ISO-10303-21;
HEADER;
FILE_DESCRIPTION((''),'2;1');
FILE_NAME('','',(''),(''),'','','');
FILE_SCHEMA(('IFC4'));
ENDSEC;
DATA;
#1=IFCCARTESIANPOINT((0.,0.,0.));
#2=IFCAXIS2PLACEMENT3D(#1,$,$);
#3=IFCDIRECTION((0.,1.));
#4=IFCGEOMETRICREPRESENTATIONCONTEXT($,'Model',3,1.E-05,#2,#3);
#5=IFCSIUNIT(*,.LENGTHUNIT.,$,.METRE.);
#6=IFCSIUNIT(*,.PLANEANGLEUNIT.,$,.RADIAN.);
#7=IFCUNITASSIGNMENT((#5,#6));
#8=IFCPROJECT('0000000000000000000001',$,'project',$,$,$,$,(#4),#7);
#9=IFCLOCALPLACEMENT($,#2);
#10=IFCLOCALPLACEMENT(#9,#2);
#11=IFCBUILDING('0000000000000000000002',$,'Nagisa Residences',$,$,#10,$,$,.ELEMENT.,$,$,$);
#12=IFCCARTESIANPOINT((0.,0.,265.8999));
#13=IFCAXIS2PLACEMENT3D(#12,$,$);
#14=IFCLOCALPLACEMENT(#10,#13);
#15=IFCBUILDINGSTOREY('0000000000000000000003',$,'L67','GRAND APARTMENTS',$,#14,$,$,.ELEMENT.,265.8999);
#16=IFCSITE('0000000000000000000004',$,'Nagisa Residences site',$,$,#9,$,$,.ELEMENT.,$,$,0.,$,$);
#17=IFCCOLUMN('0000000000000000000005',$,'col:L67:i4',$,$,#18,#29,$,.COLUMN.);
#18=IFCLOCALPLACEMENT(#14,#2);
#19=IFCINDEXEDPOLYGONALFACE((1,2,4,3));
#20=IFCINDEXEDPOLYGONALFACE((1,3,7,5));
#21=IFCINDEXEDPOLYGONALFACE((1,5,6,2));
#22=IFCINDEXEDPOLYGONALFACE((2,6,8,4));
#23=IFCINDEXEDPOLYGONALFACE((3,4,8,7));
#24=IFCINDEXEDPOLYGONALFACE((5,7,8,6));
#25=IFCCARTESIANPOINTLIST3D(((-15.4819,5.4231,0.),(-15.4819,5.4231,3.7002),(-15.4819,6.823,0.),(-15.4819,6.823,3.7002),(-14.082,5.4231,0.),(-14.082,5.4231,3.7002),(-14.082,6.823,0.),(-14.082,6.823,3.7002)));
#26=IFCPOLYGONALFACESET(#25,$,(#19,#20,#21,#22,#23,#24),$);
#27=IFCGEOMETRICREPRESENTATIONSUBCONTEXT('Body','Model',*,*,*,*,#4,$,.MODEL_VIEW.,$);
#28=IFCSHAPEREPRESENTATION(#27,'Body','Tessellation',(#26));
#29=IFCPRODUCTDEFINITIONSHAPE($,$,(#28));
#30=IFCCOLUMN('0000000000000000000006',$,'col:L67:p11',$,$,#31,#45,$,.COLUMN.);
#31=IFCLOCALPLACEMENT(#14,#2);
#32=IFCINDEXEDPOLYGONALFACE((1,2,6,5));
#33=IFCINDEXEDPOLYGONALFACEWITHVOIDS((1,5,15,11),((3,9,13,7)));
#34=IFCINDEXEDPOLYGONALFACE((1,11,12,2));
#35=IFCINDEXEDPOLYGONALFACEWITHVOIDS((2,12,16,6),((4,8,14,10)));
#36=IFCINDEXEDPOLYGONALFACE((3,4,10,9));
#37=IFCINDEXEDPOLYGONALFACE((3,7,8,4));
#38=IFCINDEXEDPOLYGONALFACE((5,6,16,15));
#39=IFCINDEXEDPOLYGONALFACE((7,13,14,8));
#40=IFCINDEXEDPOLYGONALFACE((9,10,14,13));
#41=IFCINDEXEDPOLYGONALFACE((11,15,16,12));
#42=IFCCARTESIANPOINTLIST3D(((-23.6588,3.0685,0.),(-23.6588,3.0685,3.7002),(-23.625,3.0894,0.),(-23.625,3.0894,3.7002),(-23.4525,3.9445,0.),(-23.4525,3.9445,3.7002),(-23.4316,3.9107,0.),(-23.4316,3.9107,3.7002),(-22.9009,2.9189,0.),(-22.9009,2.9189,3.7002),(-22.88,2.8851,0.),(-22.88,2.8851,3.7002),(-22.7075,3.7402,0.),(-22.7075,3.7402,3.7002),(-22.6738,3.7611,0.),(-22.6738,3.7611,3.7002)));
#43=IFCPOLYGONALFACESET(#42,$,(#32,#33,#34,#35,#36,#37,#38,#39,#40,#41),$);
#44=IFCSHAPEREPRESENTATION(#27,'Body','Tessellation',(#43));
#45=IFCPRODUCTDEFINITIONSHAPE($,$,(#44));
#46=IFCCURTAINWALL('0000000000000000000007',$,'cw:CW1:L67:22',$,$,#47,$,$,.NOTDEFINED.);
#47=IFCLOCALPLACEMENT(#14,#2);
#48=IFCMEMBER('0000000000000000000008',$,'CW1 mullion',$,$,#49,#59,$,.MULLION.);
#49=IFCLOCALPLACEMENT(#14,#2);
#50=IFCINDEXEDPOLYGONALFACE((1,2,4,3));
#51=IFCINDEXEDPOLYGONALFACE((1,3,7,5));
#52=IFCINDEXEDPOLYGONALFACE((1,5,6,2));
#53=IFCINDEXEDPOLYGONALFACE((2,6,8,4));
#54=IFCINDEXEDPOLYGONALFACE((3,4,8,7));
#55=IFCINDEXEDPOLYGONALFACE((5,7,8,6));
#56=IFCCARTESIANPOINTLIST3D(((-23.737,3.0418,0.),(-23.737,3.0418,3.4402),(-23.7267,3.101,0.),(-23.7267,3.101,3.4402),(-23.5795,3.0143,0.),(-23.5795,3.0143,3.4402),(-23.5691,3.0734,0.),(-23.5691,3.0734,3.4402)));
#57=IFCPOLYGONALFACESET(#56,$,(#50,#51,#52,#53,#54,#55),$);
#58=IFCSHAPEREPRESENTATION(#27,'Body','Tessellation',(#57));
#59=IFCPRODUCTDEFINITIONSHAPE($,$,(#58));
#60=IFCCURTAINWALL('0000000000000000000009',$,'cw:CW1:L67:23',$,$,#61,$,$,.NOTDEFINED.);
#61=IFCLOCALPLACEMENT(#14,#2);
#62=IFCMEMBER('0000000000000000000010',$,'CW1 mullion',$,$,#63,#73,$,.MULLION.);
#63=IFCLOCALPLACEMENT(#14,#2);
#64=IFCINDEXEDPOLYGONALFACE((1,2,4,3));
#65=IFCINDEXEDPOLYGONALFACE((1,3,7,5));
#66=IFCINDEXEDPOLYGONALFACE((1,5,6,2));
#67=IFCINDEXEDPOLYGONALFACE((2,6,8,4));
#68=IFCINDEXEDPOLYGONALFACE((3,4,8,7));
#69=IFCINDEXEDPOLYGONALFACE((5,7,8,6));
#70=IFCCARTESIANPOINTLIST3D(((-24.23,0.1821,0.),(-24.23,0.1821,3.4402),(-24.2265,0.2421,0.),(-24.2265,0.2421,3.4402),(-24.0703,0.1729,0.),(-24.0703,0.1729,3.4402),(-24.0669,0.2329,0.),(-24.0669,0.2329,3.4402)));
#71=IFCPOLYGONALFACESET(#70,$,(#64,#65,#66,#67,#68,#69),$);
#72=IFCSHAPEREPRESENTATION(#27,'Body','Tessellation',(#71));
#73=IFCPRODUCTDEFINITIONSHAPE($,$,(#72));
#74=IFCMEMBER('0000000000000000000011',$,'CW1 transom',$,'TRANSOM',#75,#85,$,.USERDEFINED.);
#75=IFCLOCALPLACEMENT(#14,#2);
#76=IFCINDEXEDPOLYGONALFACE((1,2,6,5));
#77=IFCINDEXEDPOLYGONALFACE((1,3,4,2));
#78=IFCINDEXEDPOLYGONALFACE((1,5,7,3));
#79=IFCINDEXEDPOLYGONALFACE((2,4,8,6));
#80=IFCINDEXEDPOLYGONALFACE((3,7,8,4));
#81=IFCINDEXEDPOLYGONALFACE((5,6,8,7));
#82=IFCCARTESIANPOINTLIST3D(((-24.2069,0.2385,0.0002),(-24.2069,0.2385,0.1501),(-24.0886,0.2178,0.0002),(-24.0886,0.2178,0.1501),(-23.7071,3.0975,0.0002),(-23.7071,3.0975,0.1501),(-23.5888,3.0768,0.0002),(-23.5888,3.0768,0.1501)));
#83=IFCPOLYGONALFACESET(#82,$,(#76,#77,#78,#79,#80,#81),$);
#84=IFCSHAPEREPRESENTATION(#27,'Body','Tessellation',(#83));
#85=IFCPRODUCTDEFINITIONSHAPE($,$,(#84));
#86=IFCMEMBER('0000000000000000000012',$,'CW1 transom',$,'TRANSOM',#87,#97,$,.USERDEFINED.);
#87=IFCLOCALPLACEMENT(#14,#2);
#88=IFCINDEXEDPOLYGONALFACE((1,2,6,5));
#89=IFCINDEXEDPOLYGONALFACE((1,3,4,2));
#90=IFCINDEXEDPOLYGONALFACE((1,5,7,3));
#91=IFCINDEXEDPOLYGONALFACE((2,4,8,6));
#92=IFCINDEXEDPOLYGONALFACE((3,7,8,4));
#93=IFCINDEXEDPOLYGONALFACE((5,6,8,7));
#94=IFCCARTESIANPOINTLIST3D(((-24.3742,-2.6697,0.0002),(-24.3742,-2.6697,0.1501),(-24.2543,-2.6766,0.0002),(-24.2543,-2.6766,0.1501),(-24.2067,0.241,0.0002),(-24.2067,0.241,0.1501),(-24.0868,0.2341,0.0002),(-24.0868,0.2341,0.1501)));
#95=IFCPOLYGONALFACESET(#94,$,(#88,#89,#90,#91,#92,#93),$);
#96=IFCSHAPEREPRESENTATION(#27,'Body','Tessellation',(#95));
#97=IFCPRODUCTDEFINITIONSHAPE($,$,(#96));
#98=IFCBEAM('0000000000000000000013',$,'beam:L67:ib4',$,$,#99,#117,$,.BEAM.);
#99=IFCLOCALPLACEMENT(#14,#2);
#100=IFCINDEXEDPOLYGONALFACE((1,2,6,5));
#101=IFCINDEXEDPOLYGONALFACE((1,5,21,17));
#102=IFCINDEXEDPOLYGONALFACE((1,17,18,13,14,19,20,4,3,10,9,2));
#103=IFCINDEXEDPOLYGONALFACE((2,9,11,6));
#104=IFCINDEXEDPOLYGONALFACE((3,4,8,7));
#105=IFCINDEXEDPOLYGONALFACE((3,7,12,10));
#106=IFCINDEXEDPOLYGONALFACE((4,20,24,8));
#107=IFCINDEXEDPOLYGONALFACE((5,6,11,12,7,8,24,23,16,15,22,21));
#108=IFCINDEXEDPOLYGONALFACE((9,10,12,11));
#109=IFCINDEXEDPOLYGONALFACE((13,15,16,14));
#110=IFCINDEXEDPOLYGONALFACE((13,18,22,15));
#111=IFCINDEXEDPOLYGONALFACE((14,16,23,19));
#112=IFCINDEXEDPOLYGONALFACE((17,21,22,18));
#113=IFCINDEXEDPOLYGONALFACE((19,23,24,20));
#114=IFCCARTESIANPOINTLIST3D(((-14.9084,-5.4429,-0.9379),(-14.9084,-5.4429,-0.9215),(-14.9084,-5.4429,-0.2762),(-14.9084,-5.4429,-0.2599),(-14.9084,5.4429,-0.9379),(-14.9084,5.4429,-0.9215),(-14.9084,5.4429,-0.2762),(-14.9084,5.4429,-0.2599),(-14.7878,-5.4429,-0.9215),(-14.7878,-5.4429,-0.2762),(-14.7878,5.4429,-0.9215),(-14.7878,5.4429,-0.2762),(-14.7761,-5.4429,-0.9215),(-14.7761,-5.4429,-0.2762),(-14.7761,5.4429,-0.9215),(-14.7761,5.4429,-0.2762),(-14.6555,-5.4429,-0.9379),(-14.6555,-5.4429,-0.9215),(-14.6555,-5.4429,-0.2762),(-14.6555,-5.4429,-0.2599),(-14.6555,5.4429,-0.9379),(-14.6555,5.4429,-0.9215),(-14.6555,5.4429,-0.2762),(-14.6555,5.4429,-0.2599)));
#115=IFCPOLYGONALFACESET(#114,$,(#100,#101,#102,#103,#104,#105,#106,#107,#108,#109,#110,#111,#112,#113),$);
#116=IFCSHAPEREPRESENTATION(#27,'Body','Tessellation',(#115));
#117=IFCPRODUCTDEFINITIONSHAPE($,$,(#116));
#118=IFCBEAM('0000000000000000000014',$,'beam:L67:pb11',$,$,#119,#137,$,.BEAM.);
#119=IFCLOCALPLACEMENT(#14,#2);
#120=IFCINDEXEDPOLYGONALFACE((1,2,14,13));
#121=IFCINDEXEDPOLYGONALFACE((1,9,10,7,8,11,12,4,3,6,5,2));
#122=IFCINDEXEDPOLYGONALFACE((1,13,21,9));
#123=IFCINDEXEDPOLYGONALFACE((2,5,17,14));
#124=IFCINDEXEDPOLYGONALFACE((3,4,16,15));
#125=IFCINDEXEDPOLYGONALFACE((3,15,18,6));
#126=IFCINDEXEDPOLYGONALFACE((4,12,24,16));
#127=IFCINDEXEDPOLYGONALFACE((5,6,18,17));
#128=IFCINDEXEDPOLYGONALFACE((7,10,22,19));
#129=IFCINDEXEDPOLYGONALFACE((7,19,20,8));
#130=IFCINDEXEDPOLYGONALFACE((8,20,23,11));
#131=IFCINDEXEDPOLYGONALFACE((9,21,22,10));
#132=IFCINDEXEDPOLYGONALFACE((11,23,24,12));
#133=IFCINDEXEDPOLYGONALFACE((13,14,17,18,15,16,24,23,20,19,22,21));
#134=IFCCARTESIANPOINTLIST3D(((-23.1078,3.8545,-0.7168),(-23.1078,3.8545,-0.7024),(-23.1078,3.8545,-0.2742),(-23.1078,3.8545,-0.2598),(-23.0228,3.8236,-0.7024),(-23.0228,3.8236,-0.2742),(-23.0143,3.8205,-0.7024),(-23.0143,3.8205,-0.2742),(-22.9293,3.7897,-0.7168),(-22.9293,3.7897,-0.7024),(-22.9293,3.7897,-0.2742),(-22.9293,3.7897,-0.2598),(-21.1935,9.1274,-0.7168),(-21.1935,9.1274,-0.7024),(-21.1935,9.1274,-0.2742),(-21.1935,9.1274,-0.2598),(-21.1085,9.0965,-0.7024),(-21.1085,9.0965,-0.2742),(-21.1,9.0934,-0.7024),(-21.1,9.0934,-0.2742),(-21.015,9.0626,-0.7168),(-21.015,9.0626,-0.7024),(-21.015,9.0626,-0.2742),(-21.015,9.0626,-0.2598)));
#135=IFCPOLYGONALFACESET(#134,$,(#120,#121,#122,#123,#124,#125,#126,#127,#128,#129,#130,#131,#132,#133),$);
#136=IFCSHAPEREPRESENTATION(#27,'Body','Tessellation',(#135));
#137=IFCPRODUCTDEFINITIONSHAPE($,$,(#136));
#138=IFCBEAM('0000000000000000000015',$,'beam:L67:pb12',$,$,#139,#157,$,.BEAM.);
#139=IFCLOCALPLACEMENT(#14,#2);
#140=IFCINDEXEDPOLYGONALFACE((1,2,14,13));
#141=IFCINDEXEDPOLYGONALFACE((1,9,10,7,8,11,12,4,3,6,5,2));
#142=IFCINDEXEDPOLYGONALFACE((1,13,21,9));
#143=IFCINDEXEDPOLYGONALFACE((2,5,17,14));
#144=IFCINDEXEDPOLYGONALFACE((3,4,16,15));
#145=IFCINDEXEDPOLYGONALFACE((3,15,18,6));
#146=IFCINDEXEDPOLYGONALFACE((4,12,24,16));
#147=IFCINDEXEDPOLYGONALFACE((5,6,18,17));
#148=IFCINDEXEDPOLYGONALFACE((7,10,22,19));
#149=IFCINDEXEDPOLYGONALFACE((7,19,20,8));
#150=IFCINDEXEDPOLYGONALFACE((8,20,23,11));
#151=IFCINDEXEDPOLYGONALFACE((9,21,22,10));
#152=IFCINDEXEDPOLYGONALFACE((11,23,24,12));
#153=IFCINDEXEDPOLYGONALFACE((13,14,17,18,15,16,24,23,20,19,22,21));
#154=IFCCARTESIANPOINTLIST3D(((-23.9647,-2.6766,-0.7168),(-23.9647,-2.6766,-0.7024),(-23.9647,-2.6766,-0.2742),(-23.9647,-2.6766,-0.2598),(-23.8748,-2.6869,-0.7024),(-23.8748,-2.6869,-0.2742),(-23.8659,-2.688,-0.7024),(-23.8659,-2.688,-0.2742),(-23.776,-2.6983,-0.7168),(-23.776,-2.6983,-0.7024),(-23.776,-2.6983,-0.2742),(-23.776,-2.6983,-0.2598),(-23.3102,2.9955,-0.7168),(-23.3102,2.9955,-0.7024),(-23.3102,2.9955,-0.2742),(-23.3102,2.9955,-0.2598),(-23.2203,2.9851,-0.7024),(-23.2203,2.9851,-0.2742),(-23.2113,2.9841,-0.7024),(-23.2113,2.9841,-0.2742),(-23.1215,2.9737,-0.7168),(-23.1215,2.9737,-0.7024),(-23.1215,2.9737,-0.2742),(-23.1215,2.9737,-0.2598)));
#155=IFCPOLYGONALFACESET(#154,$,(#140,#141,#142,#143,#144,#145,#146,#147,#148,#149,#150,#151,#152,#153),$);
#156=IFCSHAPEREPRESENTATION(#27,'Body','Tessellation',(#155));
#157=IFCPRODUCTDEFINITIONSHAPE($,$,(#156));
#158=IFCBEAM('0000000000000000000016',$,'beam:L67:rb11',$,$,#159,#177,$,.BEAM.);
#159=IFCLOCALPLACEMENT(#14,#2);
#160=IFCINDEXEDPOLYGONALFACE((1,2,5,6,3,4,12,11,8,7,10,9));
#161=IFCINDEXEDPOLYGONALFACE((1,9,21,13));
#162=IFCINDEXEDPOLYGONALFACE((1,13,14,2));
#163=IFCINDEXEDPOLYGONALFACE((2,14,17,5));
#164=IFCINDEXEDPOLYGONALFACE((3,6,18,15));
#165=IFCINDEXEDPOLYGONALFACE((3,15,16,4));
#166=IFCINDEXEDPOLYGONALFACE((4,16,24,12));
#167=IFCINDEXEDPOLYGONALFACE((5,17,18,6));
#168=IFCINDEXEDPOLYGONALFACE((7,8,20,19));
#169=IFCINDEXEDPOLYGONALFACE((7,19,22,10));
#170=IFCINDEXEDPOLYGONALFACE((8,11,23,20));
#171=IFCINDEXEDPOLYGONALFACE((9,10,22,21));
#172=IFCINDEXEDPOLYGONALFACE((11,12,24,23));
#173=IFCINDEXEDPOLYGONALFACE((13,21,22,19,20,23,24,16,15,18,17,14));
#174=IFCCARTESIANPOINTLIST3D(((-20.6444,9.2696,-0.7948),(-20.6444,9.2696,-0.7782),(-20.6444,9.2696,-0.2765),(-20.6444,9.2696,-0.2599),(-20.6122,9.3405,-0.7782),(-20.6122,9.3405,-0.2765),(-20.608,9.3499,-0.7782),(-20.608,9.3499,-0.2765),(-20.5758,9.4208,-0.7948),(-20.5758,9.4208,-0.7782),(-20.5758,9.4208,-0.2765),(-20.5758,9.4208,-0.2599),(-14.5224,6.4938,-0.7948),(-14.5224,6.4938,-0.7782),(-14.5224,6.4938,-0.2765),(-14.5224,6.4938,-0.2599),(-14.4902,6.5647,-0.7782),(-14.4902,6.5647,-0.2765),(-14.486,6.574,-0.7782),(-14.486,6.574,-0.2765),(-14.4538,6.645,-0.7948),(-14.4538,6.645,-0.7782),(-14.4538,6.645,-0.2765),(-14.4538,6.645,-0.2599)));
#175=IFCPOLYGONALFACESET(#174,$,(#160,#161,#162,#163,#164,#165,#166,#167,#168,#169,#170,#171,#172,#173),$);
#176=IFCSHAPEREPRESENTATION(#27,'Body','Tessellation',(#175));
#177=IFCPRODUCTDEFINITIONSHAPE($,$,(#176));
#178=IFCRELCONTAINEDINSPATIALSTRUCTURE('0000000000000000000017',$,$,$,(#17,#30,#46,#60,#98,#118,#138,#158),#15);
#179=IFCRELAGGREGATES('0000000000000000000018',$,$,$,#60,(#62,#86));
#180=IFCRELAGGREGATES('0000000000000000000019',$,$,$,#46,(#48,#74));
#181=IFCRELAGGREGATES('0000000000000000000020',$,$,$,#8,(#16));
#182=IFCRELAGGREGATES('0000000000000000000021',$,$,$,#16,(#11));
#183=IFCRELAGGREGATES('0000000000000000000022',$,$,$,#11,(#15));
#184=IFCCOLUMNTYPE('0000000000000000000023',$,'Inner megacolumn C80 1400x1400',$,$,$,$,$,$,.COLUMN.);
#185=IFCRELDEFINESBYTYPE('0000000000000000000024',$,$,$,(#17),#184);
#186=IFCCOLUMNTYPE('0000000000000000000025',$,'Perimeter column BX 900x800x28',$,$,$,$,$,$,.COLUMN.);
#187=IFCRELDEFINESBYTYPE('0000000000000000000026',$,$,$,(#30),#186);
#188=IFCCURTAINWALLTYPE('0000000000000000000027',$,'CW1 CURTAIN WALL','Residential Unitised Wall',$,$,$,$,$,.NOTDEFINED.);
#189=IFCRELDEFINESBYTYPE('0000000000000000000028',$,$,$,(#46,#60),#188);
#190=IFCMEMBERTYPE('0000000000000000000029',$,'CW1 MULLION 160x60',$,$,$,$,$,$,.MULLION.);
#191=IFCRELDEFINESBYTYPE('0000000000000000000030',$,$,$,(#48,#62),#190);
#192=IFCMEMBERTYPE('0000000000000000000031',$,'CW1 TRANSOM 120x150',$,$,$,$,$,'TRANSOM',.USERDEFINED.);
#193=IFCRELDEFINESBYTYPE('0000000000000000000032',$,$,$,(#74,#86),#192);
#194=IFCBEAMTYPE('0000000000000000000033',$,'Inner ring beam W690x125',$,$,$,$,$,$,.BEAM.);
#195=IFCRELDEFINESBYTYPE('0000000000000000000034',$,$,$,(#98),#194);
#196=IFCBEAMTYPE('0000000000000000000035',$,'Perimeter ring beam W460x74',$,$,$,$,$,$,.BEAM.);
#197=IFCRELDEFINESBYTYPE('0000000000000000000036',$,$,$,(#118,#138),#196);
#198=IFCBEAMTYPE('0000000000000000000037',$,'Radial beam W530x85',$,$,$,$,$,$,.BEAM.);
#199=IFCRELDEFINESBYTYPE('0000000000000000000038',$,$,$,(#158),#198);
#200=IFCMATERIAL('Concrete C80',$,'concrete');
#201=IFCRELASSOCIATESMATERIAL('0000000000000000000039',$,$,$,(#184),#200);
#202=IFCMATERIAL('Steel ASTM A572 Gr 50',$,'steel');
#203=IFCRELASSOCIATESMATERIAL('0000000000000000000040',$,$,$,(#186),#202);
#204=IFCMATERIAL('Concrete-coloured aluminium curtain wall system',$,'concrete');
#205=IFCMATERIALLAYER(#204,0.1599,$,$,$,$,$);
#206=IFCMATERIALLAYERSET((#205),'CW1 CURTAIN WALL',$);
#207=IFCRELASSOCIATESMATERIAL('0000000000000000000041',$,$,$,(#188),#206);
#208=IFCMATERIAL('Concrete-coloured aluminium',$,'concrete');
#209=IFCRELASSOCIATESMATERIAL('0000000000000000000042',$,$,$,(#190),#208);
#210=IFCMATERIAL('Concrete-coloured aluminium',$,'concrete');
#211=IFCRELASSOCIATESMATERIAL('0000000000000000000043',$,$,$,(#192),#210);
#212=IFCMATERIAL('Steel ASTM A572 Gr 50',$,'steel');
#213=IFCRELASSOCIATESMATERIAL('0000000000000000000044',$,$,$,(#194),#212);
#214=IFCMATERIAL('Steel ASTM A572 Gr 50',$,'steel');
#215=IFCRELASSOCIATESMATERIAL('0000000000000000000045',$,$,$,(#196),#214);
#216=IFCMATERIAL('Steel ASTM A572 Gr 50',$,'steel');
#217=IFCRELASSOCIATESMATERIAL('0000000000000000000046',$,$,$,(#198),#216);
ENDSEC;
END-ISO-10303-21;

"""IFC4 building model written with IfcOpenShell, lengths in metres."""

from ifc_helpers import new_model, si_unit, direction, frame, origin, origin_2d, place, context, subcontext, project, spatial, rectangle, hollow_rectangle, i_section, extrude, material, layer, layer_set, material_profile, profile_set, type_object, element, aggregate, save


model = new_model("IFC4")

# Units and contexts
model_context = context("Model", 3, precision=1e-05, world=origin(), true_north=direction((0.0, 1.0)))
body_context = subcontext(model_context, "Body", "Model", "MODEL_VIEW")
ifc_project = project(units=[si_unit("LENGTHUNIT", "METRE"), si_unit("PLANEANGLEUNIT", "RADIAN")], contexts=[model_context])

# Site, building, storey
site_placement = place(None, origin())
site = spatial("IfcSite", under=ifc_project, at=site_placement, Name="Nagisa Residences site", CompositionType="ELEMENT", RefElevation=0.0)
building_placement = place(site_placement, origin())
building = spatial("IfcBuilding", under=site, at=building_placement, Name="Nagisa Residences", CompositionType="ELEMENT")
storey_placement = place(building_placement, frame((0.0, 0.0, 265.8999)))
storey = spatial("IfcBuildingStorey", under=building, at=storey_placement, Name="L67", Description="GRAND APARTMENTS", CompositionType="ELEMENT", Elevation=265.8999)

# Columns
ifc_material_1 = material(Name="Concrete C80", Category="concrete")
ifc_material_profile_1 = material_profile(ifc_material_1, rectangle(XDim=1.3999, YDim=1.3999, at=origin_2d()), Name="C80 1400x1400")
ifc_profile_set_1 = profile_set([ifc_material_profile_1], Name="Concrete C80")
column_type_1 = type_object("IfcColumnType", Name="Inner megacolumn C80 1400x1400", PredefinedType="COLUMN", material=ifc_profile_set_1)
column_1_placement = place(storey_placement, frame((-14.782, 6.123, 0.0), z_axis=(0.0, 0.0, 1.0), x_axis=(1.0, 0.0, 0.0)))
element("IfcColumn", 1, at=column_1_placement, inside=storey, type_object=column_type_1, Name="col:L67:i4", PredefinedType="COLUMN", context=body_context, shape_type="SweptSolid", body=[
    extrude(rectangle(XDim=1.3999, YDim=1.3999, at=origin_2d()), origin(), (0.0, 0.0, 1.0), 3.7002),
])
ifc_material_2 = material(Name="Steel ASTM A572 Gr 50", Category="steel")
ifc_material_profile_2 = material_profile(ifc_material_2, hollow_rectangle(XDim=0.8999, YDim=0.8, WallThickness=0.0281, at=origin_2d()), Name="BX 900x800x28")
ifc_profile_set_2 = profile_set([ifc_material_profile_2], Name="Steel ASTM A572 Gr 50")
column_type_2 = type_object("IfcColumnType", Name="Perimeter column BX 900x800x28", PredefinedType="COLUMN", material=ifc_profile_set_2)
column_2_placement = place(storey_placement, frame((-23.1663, 3.4148, 0.0), z_axis=(0.0, 0.0, 1.0), x_axis=(-0.229202, -0.973379, 0.0)))
element("IfcColumn", 2, at=column_2_placement, inside=storey, type_object=column_type_2, Name="col:L67:p11", PredefinedType="COLUMN", context=body_context, shape_type="SweptSolid", body=[
    extrude(hollow_rectangle(XDim=0.8999, YDim=0.8, WallThickness=0.0281, at=origin_2d()), origin(), (0.0, 0.0, 1.0), 3.7002),
])

# Curtain walls, members
ifc_material_3 = material(Name="Concrete-coloured aluminium curtain wall system", Category="concrete")
ifc_layer_1 = layer(ifc_material_3, 0.1599)
ifc_layer_set_1 = layer_set([ifc_layer_1], Name="CW1 CURTAIN WALL")
curtain_wall_type = type_object("IfcCurtainWallType", Name="CW1 CURTAIN WALL", Description="Residential Unitised Wall", PredefinedType="NOTDEFINED", material=ifc_layer_set_1)
curtain_wall_1_placement = place(storey_placement, origin())
curtain_wall_1 = element("IfcCurtainWall", 3, at=curtain_wall_1_placement, inside=storey, type_object=curtain_wall_type, Name="cw:CW1:L67:22", PredefinedType="NOTDEFINED")
ifc_material_4 = material(Name="Concrete-coloured aluminium", Category="concrete")
ifc_material_profile_3 = material_profile(ifc_material_4, rectangle(XDim=0.1599, YDim=0.0601, at=origin_2d()), Name="CW1 MULLION 160x60")
ifc_profile_set_3 = profile_set([ifc_material_profile_3], Name="Concrete-coloured aluminium")
member_type_1 = type_object("IfcMemberType", Name="CW1 MULLION 160x60", PredefinedType="MULLION", material=ifc_profile_set_3)
member_1_placement = place(storey_placement, frame((-23.6531, 3.0576, 0.0), z_axis=(0.0, 0.0, 1.0), x_axis=(0.985064, -0.172191, 0.0)))
member_1 = element("IfcMember", 4, at=member_1_placement, type_object=member_type_1, Name="CW1 mullion", PredefinedType="MULLION", context=body_context, shape_type="SweptSolid", body=[
    extrude(rectangle(XDim=0.1599, YDim=0.0601, at=origin_2d()), origin(), (0.0, 0.0, 1.0), 3.4402),
])
curtain_wall_2_placement = place(storey_placement, origin())
curtain_wall_2 = element("IfcCurtainWall", 5, at=curtain_wall_2_placement, inside=storey, type_object=curtain_wall_type, Name="cw:CW1:L67:23", PredefinedType="NOTDEFINED")
member_2_placement = place(storey_placement, frame((-24.1484, 0.2075, 0.0), z_axis=(0.0, 0.0, 1.0), x_axis=(0.998345, -0.057503, 0.0)))
member_2 = element("IfcMember", 6, at=member_2_placement, type_object=member_type_1, Name="CW1 mullion", PredefinedType="MULLION", context=body_context, shape_type="SweptSolid", body=[
    extrude(rectangle(XDim=0.1599, YDim=0.0601, at=origin_2d()), origin(), (0.0, 0.0, 1.0), 3.4402),
])

# Members
ifc_material_5 = material(Name="Concrete-coloured aluminium", Category="concrete")
ifc_material_profile_4 = material_profile(ifc_material_5, rectangle(XDim=0.1201, YDim=0.1499, at=origin_2d()), Name="CW1 TRANSOM 120x150")
ifc_profile_set_4 = profile_set([ifc_material_profile_4], Name="Concrete-coloured aluminium")
member_type_2 = type_object("IfcMemberType", Name="CW1 TRANSOM 120x150", ElementType="TRANSOM", PredefinedType="USERDEFINED", material=ifc_profile_set_4)
member_3_placement = place(storey_placement, frame((-23.6479, 3.0872, 0.0752), z_axis=(-0.172197, -0.985063, 0.0), x_axis=(0.985063, -0.172197, 0.0)))
member_3 = element("IfcMember", 7, at=member_3_placement, type_object=member_type_2, Name="CW1 transom", ObjectType="TRANSOM", PredefinedType="USERDEFINED", context=body_context, shape_type="SweptSolid", body=[
    extrude(rectangle(XDim=0.1201, YDim=0.1499, at=origin_2d()), origin(), (0.0, 0.0, 1.0), 2.9023),
])
member_4_placement = place(storey_placement, frame((-24.1467, 0.2375, 0.0752), z_axis=(-0.057446, -0.998349, 0.0), x_axis=(0.998349, -0.057446, 0.0)))
member_4 = element("IfcMember", 8, at=member_4_placement, type_object=member_type_2, Name="CW1 transom", ObjectType="TRANSOM", PredefinedType="USERDEFINED", context=body_context, shape_type="SweptSolid", body=[
    extrude(rectangle(XDim=0.1201, YDim=0.1499, at=origin_2d()), origin(), (0.0, 0.0, 1.0), 2.9155),
])
aggregate(curtain_wall_2, [member_2, member_4])

# Beams
ifc_material_6 = material(Name="Steel ASTM A572 Gr 50", Category="steel")
ifc_material_profile_5 = material_profile(ifc_material_6, i_section(OverallWidth=0.2529, OverallDepth=0.678, WebThickness=0.0117, FlangeThickness=0.0164, at=origin_2d()), Name="W690x125")
ifc_profile_set_5 = profile_set([ifc_material_profile_5], Name="Steel ASTM A572 Gr 50")
beam_type_1 = type_object("IfcBeamType", Name="Inner ring beam W690x125", PredefinedType="BEAM", material=ifc_profile_set_5)
beam_1_placement = place(storey_placement, frame((-14.782, 5.4429, -0.5989), z_axis=(0.0, -1.0, 0.0), x_axis=(1.0, 0.0, 0.0)))
element("IfcBeam", 9, at=beam_1_placement, inside=storey, type_object=beam_type_1, Name="beam:L67:ib4", PredefinedType="BEAM", context=body_context, shape_type="SweptSolid", body=[
    extrude(i_section(OverallWidth=0.2529, OverallDepth=0.678, WebThickness=0.0117, FlangeThickness=0.0164, at=origin_2d()), origin(), (0.0, 0.0, 1.0), 10.8857),
])
ifc_material_7 = material(Name="Steel ASTM A572 Gr 50", Category="steel")
ifc_material_profile_6 = material_profile(ifc_material_7, i_section(OverallWidth=0.1899, OverallDepth=0.457, WebThickness=0.009, FlangeThickness=0.0144, at=origin_2d()), Name="W460x74")
ifc_profile_set_6 = profile_set([ifc_material_profile_6], Name="Steel ASTM A572 Gr 50")
beam_type_2 = type_object("IfcBeamType", Name="Perimeter ring beam W460x74", PredefinedType="BEAM", material=ifc_profile_set_6)
beam_2_placement = place(storey_placement, frame((-21.1042, 9.095, -0.4883), z_axis=(-0.34125, -0.939972, 0.0), x_axis=(0.939972, -0.34125, 0.0)))
element("IfcBeam", 10, at=beam_2_placement, inside=storey, type_object=beam_type_2, Name="beam:L67:pb11", PredefinedType="BEAM", context=body_context, shape_type="SweptSolid", body=[
    extrude(i_section(OverallWidth=0.1899, OverallDepth=0.457, WebThickness=0.009, FlangeThickness=0.0144, at=origin_2d()), origin(), (0.0, 0.0, 1.0), 5.6096),
])
beam_3_placement = place(storey_placement, frame((-23.2158, 2.9846, -0.4883), z_axis=(-0.114635, -0.993408, 0.0), x_axis=(0.993408, -0.114635, 0.0)))
element("IfcBeam", 11, at=beam_3_placement, inside=storey, type_object=beam_type_2, Name="beam:L67:pb12", PredefinedType="BEAM", context=body_context, shape_type="SweptSolid", body=[
    extrude(i_section(OverallWidth=0.1899, OverallDepth=0.457, WebThickness=0.009, FlangeThickness=0.0144, at=origin_2d()), origin(), (0.0, 0.0, 1.0), 5.7097),
])
ifc_material_8 = material(Name="Steel ASTM A572 Gr 50", Category="steel")
ifc_material_profile_7 = material_profile(ifc_material_8, i_section(OverallWidth=0.166, OverallDepth=0.5349, WebThickness=0.0103, FlangeThickness=0.0166, at=origin_2d()), Name="W530x85")
ifc_profile_set_7 = profile_set([ifc_material_profile_7], Name="Steel ASTM A572 Gr 50")
beam_type_3 = type_object("IfcBeamType", Name="Radial beam W530x85", PredefinedType="BEAM", material=ifc_profile_set_7)
beam_4_placement = place(storey_placement, frame((-20.6101, 9.3452, -0.5273), z_axis=(0.910752, -0.412954, 0.0), x_axis=(0.412954, 0.910752, 0.0)))
element("IfcBeam", 12, at=beam_4_placement, inside=storey, type_object=beam_type_3, Name="beam:L67:rb11", PredefinedType="BEAM", context=body_context, shape_type="SweptSolid", body=[
    extrude(i_section(OverallWidth=0.166, OverallDepth=0.5349, WebThickness=0.0103, FlangeThickness=0.0166, at=origin_2d()), origin(), (0.0, 0.0, 1.0), 6.7219),
])

aggregate(curtain_wall_1, [member_1, member_3])

save(model, "model.ifc")
